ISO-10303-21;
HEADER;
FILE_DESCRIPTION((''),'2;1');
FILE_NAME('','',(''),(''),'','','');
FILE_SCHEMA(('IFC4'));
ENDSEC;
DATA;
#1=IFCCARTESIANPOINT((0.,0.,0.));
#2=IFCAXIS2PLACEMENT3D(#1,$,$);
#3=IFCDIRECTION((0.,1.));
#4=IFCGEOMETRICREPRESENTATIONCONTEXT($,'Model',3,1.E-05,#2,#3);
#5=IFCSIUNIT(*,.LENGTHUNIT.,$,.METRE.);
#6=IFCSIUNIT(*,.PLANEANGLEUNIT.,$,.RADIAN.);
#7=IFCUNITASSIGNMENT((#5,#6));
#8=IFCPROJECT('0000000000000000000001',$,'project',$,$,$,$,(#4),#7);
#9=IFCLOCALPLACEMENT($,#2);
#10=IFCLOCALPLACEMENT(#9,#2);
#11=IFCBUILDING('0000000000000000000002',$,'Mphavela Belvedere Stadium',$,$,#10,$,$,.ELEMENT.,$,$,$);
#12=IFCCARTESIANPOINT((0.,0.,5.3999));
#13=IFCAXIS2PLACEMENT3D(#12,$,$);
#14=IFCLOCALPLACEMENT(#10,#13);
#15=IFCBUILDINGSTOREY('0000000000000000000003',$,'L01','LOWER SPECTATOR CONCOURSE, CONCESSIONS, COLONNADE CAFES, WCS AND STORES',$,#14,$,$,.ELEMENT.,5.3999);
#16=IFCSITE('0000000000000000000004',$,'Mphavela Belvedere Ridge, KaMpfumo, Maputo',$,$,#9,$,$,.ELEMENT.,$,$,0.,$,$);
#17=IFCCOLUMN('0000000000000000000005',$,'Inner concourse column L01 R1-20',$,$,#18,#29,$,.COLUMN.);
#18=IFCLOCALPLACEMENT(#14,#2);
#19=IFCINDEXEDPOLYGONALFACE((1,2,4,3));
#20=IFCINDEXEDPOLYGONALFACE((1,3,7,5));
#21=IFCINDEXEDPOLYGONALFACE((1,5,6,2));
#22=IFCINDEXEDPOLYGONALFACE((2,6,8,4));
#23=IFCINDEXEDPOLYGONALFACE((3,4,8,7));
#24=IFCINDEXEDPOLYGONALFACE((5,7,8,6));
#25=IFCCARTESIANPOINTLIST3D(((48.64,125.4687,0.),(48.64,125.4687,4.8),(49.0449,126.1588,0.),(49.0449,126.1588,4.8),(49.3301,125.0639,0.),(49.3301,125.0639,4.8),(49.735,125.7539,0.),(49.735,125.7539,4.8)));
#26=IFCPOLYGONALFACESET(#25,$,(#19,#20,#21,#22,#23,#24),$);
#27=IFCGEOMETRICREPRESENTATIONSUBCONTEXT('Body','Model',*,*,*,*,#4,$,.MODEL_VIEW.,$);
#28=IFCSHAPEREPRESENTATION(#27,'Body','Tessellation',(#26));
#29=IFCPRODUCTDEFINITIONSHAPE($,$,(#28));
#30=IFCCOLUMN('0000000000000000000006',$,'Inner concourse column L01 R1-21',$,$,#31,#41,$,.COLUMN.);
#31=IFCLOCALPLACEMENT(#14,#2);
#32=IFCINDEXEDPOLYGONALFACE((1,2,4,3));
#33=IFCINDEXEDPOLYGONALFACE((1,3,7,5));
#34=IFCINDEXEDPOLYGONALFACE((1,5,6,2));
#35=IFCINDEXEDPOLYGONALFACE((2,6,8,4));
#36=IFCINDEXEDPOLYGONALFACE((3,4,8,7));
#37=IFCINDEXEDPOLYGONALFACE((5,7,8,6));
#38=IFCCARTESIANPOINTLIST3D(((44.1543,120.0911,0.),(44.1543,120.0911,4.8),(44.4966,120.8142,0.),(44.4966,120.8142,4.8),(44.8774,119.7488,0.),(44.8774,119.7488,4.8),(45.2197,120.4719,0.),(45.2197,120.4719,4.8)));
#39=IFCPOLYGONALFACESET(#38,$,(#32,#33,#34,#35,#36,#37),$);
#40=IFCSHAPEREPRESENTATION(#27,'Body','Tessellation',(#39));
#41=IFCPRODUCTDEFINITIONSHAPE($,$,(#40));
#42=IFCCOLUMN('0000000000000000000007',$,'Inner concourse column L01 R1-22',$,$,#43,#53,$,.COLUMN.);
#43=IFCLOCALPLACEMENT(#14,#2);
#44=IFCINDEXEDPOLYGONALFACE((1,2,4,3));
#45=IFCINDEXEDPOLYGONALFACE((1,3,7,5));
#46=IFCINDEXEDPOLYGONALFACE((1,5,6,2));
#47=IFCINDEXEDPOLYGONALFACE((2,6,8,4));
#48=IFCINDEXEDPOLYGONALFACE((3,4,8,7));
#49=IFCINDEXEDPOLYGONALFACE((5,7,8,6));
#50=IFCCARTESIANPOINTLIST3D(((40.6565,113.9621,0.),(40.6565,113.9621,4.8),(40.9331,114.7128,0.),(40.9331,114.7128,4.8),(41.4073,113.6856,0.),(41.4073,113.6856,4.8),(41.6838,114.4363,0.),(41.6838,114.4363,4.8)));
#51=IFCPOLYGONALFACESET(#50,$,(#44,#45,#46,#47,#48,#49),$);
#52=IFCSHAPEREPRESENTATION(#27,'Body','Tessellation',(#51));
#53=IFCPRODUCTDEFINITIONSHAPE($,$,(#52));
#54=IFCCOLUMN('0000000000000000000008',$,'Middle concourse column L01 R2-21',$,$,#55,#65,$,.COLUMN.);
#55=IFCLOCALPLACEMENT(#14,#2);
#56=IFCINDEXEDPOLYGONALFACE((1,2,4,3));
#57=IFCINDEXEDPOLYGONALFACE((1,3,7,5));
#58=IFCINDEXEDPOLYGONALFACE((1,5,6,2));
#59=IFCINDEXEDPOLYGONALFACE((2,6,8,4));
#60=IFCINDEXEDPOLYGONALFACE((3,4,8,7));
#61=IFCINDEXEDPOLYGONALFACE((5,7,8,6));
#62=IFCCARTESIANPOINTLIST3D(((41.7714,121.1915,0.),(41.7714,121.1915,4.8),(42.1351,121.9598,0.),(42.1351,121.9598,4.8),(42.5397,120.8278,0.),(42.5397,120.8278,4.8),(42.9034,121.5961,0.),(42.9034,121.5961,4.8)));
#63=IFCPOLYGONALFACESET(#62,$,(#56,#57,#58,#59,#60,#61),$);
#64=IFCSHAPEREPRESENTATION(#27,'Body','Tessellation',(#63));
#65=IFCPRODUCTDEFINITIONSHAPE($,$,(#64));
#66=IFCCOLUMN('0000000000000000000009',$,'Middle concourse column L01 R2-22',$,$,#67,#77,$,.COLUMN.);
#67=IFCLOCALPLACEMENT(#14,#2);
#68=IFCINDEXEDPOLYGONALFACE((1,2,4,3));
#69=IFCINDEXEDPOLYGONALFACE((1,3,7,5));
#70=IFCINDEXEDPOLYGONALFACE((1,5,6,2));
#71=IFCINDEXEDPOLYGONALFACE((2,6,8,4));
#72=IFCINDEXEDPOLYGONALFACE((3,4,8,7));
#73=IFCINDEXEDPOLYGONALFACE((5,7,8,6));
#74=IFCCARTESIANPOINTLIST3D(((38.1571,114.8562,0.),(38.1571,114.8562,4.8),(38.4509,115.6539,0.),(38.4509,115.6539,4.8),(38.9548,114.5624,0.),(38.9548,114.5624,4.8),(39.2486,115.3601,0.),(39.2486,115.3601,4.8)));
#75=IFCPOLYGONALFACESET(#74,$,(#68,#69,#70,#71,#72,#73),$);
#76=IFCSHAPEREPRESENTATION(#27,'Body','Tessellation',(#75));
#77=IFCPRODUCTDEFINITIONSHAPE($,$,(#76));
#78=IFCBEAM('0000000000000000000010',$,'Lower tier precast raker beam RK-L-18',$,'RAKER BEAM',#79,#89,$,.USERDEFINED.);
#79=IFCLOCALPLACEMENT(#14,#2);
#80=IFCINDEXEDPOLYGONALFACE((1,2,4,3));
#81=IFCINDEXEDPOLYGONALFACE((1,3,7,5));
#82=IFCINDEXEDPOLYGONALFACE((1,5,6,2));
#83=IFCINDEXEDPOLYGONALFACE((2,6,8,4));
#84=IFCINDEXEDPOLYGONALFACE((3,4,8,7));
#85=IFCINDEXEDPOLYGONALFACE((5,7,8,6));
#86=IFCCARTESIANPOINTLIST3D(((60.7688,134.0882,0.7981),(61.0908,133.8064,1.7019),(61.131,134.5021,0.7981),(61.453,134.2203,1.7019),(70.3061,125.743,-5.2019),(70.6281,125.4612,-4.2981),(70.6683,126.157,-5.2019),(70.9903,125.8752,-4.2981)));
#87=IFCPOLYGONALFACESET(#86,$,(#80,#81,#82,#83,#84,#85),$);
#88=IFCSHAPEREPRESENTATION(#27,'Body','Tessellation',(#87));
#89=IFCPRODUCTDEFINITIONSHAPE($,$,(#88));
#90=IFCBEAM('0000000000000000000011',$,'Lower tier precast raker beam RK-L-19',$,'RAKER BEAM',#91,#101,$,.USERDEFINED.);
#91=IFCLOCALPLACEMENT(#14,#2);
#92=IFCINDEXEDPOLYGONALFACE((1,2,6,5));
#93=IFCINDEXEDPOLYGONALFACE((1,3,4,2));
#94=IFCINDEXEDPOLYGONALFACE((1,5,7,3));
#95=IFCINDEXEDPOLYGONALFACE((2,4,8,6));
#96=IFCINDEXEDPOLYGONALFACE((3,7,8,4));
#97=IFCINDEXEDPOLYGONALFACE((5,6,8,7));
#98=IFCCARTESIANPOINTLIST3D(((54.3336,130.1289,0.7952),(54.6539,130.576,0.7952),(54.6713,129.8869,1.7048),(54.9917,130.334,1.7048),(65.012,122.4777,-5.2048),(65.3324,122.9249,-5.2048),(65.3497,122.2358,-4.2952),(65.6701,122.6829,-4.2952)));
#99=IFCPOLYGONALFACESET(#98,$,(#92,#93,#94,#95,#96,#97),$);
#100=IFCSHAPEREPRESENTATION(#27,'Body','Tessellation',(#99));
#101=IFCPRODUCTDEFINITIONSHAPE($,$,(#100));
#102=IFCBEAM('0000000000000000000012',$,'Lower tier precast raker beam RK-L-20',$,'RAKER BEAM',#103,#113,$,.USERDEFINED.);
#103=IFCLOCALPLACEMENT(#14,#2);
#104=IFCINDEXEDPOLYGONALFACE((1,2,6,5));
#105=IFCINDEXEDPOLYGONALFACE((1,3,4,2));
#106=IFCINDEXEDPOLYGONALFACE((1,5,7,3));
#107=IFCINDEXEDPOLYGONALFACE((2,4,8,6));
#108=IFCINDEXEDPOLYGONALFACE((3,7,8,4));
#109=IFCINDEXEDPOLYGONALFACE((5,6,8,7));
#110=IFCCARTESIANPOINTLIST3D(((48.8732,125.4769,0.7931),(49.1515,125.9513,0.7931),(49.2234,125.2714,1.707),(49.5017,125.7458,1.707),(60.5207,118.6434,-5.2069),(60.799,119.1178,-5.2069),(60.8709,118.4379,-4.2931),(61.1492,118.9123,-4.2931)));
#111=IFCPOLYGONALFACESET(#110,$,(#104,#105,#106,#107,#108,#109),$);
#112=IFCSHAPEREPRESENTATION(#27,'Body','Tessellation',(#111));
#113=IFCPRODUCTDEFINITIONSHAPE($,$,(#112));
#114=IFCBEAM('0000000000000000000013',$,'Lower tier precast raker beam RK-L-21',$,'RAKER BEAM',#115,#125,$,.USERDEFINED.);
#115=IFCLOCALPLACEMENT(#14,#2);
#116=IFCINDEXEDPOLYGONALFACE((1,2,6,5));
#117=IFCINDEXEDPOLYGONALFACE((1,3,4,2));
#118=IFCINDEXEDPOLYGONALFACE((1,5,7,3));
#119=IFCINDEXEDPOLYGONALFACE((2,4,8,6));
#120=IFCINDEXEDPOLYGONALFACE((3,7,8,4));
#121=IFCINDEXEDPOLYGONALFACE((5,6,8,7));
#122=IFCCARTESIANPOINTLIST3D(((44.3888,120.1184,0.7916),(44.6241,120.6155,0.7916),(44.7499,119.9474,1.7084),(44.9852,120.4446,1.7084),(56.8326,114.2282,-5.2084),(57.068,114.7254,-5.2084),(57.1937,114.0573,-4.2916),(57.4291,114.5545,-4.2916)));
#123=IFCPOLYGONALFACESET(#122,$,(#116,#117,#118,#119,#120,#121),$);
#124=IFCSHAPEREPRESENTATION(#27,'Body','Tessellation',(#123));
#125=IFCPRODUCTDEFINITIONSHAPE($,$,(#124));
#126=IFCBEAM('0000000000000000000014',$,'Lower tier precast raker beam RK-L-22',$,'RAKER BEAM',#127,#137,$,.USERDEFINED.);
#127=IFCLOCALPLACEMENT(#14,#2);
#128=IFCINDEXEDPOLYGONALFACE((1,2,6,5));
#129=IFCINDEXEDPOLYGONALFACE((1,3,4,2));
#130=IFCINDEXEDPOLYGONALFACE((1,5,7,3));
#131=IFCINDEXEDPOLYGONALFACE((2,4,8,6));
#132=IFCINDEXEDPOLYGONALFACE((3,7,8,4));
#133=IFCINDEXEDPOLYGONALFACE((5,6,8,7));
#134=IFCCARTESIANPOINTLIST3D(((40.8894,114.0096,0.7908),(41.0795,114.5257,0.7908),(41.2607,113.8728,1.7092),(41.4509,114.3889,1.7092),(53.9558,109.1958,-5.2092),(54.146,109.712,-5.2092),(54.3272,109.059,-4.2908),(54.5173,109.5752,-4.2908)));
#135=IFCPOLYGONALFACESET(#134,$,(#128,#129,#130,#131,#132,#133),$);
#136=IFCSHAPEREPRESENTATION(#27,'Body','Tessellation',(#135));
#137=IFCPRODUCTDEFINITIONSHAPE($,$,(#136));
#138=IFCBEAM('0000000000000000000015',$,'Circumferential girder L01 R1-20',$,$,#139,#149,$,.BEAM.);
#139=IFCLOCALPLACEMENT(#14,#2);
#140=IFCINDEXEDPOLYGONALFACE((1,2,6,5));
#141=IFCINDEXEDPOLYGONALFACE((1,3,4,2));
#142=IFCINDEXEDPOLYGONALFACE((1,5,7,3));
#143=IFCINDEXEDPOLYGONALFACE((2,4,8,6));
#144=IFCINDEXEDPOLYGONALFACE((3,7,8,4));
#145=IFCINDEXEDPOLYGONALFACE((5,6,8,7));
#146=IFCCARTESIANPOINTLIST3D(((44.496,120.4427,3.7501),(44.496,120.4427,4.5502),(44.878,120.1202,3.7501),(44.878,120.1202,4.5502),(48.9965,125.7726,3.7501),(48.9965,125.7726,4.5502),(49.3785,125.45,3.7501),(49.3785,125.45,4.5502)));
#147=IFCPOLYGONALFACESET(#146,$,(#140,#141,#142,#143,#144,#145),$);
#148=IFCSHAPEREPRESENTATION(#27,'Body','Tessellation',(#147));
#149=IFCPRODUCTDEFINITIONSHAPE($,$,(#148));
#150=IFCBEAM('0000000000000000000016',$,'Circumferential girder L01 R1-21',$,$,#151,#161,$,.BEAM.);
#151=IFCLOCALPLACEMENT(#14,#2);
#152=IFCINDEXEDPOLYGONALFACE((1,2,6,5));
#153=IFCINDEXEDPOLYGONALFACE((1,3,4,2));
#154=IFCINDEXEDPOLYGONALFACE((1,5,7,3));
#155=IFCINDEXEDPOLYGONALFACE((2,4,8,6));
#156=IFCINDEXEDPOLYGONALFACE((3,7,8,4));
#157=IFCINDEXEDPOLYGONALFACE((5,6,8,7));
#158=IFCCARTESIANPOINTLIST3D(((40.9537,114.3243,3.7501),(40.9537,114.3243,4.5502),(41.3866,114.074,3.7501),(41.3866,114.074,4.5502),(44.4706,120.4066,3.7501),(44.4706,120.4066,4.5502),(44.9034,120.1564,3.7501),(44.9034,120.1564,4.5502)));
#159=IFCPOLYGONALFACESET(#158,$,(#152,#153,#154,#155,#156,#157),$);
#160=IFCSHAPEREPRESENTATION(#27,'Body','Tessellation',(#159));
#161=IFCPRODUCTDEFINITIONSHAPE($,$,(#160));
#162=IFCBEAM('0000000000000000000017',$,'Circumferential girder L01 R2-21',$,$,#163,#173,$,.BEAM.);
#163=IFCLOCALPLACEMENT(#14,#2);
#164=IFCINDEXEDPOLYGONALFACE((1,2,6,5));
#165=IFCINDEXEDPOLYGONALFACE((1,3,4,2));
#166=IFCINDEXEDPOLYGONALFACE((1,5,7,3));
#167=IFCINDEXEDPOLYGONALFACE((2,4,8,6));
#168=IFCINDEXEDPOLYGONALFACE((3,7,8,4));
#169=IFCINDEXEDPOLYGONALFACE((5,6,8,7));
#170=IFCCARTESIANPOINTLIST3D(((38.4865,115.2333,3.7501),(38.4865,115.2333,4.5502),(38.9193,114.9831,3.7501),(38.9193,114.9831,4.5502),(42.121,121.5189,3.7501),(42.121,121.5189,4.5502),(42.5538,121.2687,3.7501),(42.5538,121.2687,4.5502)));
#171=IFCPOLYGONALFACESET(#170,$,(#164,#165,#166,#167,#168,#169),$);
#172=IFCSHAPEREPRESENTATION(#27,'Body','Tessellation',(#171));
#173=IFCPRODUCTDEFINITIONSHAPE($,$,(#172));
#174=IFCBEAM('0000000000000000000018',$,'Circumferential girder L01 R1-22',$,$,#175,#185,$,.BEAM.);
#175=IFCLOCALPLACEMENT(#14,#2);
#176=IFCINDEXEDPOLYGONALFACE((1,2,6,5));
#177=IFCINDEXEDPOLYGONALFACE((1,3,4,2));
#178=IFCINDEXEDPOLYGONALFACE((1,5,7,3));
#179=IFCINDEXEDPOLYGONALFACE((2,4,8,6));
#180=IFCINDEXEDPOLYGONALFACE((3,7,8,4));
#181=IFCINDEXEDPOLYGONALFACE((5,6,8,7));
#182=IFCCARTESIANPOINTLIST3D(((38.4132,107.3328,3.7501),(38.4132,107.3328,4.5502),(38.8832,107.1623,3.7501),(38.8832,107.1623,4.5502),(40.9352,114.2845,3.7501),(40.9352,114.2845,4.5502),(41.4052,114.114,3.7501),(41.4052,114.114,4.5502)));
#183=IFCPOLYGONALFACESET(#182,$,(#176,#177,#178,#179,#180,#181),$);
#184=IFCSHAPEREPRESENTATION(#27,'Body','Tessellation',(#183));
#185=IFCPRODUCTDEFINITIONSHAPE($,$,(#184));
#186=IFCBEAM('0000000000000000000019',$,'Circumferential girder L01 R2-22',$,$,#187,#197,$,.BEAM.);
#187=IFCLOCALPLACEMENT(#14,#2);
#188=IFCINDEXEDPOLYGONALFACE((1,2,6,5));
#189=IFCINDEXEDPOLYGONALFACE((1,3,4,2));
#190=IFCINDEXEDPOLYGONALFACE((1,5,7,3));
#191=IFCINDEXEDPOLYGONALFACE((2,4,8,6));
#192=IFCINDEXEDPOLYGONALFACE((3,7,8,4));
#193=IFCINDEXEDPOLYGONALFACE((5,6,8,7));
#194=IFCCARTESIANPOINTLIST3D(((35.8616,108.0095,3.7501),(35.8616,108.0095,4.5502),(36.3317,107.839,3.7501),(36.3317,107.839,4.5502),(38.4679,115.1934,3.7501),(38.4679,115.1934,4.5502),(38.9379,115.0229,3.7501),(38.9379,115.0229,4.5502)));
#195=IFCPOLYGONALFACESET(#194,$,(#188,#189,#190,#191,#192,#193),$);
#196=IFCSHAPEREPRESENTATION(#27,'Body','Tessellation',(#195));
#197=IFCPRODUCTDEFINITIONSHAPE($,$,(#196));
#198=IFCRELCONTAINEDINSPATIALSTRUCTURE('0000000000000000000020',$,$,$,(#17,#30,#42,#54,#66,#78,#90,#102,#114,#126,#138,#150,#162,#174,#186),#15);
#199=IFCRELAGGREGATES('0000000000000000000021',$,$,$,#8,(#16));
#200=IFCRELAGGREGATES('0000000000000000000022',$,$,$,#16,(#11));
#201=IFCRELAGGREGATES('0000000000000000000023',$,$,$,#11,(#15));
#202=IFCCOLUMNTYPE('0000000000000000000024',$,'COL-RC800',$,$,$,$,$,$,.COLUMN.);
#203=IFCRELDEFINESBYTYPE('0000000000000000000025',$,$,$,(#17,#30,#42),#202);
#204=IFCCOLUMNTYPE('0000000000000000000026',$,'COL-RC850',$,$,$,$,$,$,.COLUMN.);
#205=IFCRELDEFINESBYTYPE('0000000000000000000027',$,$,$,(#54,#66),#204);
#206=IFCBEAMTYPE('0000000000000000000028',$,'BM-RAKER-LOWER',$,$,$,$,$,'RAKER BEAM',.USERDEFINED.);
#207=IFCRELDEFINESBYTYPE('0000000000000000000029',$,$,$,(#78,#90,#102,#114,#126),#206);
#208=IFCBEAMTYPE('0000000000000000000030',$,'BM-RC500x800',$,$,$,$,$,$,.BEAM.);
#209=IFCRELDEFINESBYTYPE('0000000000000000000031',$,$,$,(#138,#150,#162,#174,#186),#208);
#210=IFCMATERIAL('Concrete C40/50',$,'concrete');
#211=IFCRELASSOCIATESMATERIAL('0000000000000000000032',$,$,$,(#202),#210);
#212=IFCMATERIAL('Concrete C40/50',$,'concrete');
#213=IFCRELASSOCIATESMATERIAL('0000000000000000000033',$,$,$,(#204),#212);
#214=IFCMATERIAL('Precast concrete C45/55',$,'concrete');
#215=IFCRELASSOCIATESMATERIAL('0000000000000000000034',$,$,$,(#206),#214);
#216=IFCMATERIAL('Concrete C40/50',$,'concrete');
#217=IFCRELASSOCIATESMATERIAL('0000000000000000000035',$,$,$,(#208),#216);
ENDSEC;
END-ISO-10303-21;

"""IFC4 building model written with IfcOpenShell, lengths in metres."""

from ifc_helpers import new_model, si_unit, direction, frame, origin, origin_2d, place, context, subcontext, project, spatial, rectangle, extrude, material, material_profile, profile_set, type_object, element, save


model = new_model("IFC4")

# Units and contexts
model_context = context("Model", 3, precision=1e-05, world=origin(), true_north=direction((0.0, 1.0)))
body_context = subcontext(model_context, "Body", "Model", "MODEL_VIEW")
ifc_project = project(units=[si_unit("LENGTHUNIT", "METRE"), si_unit("PLANEANGLEUNIT", "RADIAN")], contexts=[model_context])

# Site, building, storey
site_placement = place(None, origin())
site = spatial("IfcSite", under=ifc_project, at=site_placement, Name="Mphavela Belvedere Ridge, KaMpfumo, Maputo", CompositionType="ELEMENT", RefElevation=0.0)
building_placement = place(site_placement, origin())
building = spatial("IfcBuilding", under=site, at=building_placement, Name="Mphavela Belvedere Stadium", CompositionType="ELEMENT")
storey_placement = place(building_placement, frame((0.0, 0.0, 5.3999)))
storey = spatial("IfcBuildingStorey", under=building, at=storey_placement, Name="L01", Description="LOWER SPECTATOR CONCOURSE, CONCESSIONS, COLONNADE CAFES, WCS AND STORES", CompositionType="ELEMENT", Elevation=5.3999)

# Columns
ifc_material_1 = material(Name="Concrete C40/50", Category="concrete")
ifc_material_profile_1 = material_profile(ifc_material_1, rectangle(XDim=0.8, YDim=0.8, at=origin_2d()), Name="RC 800x800")
ifc_profile_set_1 = profile_set([ifc_material_profile_1], Name="Concrete C40/50")
column_type_1 = type_object("IfcColumnType", Name="COL-RC800", PredefinedType="COLUMN", material=ifc_profile_set_1)
for number, where, z_axis, x_axis, name in (
    (1, (49.1875, 125.6113, 0.0), (0.0, 0.0, 1.0), (-0.862514, 0.506034, 0.0), "Inner concourse column L01 R1-20"),
    (2, (44.687, 120.2815, 0.0), (0.0, 0.0, 1.0), (-0.903859, 0.427831, 0.0), "Inner concourse column L01 R1-21"),
    (3, (41.1702, 114.1992, 0.0), (0.0, 0.0, 1.0), (-0.938372, 0.345626, 0.0), "Inner concourse column L01 R1-22"),
):
    element("IfcColumn", number, at=place(storey_placement, frame(where, z_axis=z_axis, x_axis=x_axis)), inside=storey, type_object=column_type_1, Name=name, PredefinedType="COLUMN", context=body_context, shape_type="SweptSolid", body=[
        extrude(rectangle(XDim=0.8, YDim=0.8, at=origin_2d()), origin(), (0.0, 0.0, 1.0), 4.8),
    ])
ifc_material_2 = material(Name="Concrete C40/50", Category="concrete")
ifc_material_profile_2 = material_profile(ifc_material_2, rectangle(XDim=0.8501, YDim=0.8501, at=origin_2d()), Name="RC 850x850")
ifc_profile_set_2 = profile_set([ifc_material_profile_2], Name="Concrete C40/50")
column_type_2 = type_object("IfcColumnType", Name="COL-RC850", PredefinedType="COLUMN", material=ifc_profile_set_2)
for number, where, z_axis, x_axis, name in (
    (4, (42.3374, 121.3938, 0.0), (0.0, 0.0, 1.0), (-0.903859, 0.427831, 0.0), "Middle concourse column L01 R2-21"),
    (5, (38.7029, 115.1082, 0.0), (0.0, 0.0, 1.0), (-0.938372, 0.345626, 0.0), "Middle concourse column L01 R2-22"),
):
    element("IfcColumn", number, at=place(storey_placement, frame(where, z_axis=z_axis, x_axis=x_axis)), inside=storey, type_object=column_type_2, Name=name, PredefinedType="COLUMN", context=body_context, shape_type="SweptSolid", body=[
        extrude(rectangle(XDim=0.8501, YDim=0.8501, at=origin_2d()), origin(), (0.0, 0.0, 1.0), 4.8),
    ])

# Beams
ifc_material_3 = material(Name="Precast concrete C45/55", Category="concrete")
ifc_material_profile_3 = material_profile(ifc_material_3, rectangle(XDim=0.55, YDim=1.0, at=origin_2d()), Name="PC 550x1000")
ifc_profile_set_3 = profile_set([ifc_material_profile_3], Name="Precast concrete C45/55")
beam_type_1 = type_object("IfcBeamType", Name="BM-RAKER-LOWER", ElementType="RAKER BEAM", PredefinedType="USERDEFINED", material=ifc_profile_set_3)
beam_1_placement = place(storey_placement, frame((70.6482, 125.8091, -4.75), z_axis=(-0.680193, 0.595171, 0.427913), x_axis=(-0.658506, -0.752576, 0.0)))
element("IfcBeam", 6, at=beam_1_placement, inside=storey, type_object=beam_type_1, Name="Lower tier precast raker beam RK-L-18", ObjectType="RAKER BEAM", PredefinedType="USERDEFINED", context=body_context, shape_type="SweptSolid", body=[
    extrude(rectangle(XDim=0.55, YDim=1.0, at=origin_2d()), origin(), (0.0, 0.0, 1.0), 14.0215),
])
beam_2_placement = place(storey_placement, frame((65.3411, 122.5803, -4.75), z_axis=(-0.739407, 0.529785, 0.415457), x_axis=(-0.58243, -0.812881, 0.0)))
element("IfcBeam", 7, at=beam_2_placement, inside=storey, type_object=beam_type_1, Name="Lower tier precast raker beam RK-L-19", ObjectType="RAKER BEAM", PredefinedType="USERDEFINED", context=body_context, shape_type="SweptSolid", body=[
    extrude(rectangle(XDim=0.55, YDim=1.0, at=origin_2d()), origin(), (0.0, 0.0, 1.0), 14.4419),
])
beam_3_placement = place(storey_placement, frame((60.835, 118.7778, -4.75), z_axis=(-0.788215, 0.462441, 0.406036), x_axis=(-0.506032, -0.862515, 0.0)))
element("IfcBeam", 8, at=beam_3_placement, inside=storey, type_object=beam_type_1, Name="Lower tier precast raker beam RK-L-20", ObjectType="RAKER BEAM", PredefinedType="USERDEFINED", context=body_context, shape_type="SweptSolid", body=[
    extrude(rectangle(XDim=0.55, YDim=1.0, at=origin_2d()), origin(), (0.0, 0.0, 1.0), 14.7771),
])
beam_4_placement = place(storey_placement, frame((57.1309, 114.3914, -4.75), z_axis=(-0.828591, 0.392203, 0.399518), x_axis=(-0.42783, -0.903859, 0.0)))
element("IfcBeam", 9, at=beam_4_placement, inside=storey, type_object=beam_type_1, Name="Lower tier precast raker beam RK-L-21", ObjectType="RAKER BEAM", PredefinedType="USERDEFINED", context=body_context, shape_type="SweptSolid", body=[
    extrude(rectangle(XDim=0.55, YDim=1.0, at=origin_2d()), origin(), (0.0, 0.0, 1.0), 15.0181),
])
beam_5_placement = place(storey_placement, frame((54.2366, 109.3855, -4.75), z_axis=(-0.861755, 0.317474, 0.395712), x_axis=(-0.345692, -0.938348, 0.0)))
element("IfcBeam", 10, at=beam_5_placement, inside=storey, type_object=beam_type_1, Name="Lower tier precast raker beam RK-L-22", ObjectType="RAKER BEAM", PredefinedType="USERDEFINED", context=body_context, shape_type="SweptSolid", body=[
    extrude(rectangle(XDim=0.55, YDim=1.0, at=origin_2d()), origin(), (0.0, 0.0, 1.0), 15.1626),
])
ifc_material_4 = material(Name="Concrete C40/50", Category="concrete")
ifc_material_profile_4 = material_profile(ifc_material_4, rectangle(XDim=0.5, YDim=0.8, at=origin_2d()), Name="RC 500x800")
ifc_profile_set_4 = profile_set([ifc_material_profile_4], Name="Concrete C40/50")
beam_type_2 = type_object("IfcBeamType", Name="BM-RC500x800", PredefinedType="BEAM", material=ifc_profile_set_4)
beam_6_placement = place(storey_placement, frame((49.1875, 125.6113, 4.1501), z_axis=(-0.645159, -0.764048, 0.0), x_axis=(0.764048, -0.645159, 0.0)))
element("IfcBeam", 11, at=beam_6_placement, inside=storey, type_object=beam_type_2, Name="Circumferential girder L01 R1-20", PredefinedType="BEAM", context=body_context, shape_type="SweptSolid", body=[
    extrude(rectangle(XDim=0.5, YDim=0.8, at=origin_2d()), origin(), (0.0, 0.0, 1.0), 6.9758),
])
beam_7_placement = place(storey_placement, frame((44.687, 120.2815, 4.1501), z_axis=(-0.50056, -0.865702, 0.0), x_axis=(0.865702, -0.50056, 0.0)))
element("IfcBeam", 12, at=beam_7_placement, inside=storey, type_object=beam_type_2, Name="Circumferential girder L01 R1-21", PredefinedType="BEAM", context=body_context, shape_type="SweptSolid", body=[
    extrude(rectangle(XDim=0.5, YDim=0.8, at=origin_2d()), origin(), (0.0, 0.0, 1.0), 7.0259),
])
beam_8_placement = place(storey_placement, frame((42.3374, 121.3938, 4.1501), z_axis=(-0.500568, -0.865697, 0.0), x_axis=(0.865697, -0.500568, 0.0)))
element("IfcBeam", 13, at=beam_8_placement, inside=storey, type_object=beam_type_2, Name="Circumferential girder L01 R2-21", PredefinedType="BEAM", context=body_context, shape_type="SweptSolid", body=[
    extrude(rectangle(XDim=0.5, YDim=0.8, at=origin_2d()), origin(), (0.0, 0.0, 1.0), 7.2607),
])
beam_9_placement = place(storey_placement, frame((41.1702, 114.1992, 4.1501), z_axis=(-0.341038, -0.94005, 0.0), x_axis=(0.94005, -0.341038, 0.0)))
element("IfcBeam", 14, at=beam_9_placement, inside=storey, type_object=beam_type_2, Name="Circumferential girder L01 R1-22", PredefinedType="BEAM", context=body_context, shape_type="SweptSolid", body=[
    extrude(rectangle(XDim=0.5, YDim=0.8, at=origin_2d()), origin(), (0.0, 0.0, 1.0), 7.395),
])
beam_10_placement = place(storey_placement, frame((38.7029, 115.1082, 4.1501), z_axis=(-0.341038, -0.94005, 0.0), x_axis=(0.94005, -0.341038, 0.0)))
element("IfcBeam", 15, at=beam_10_placement, inside=storey, type_object=beam_type_2, Name="Circumferential girder L01 R2-22", PredefinedType="BEAM", context=body_context, shape_type="SweptSolid", body=[
    extrude(rectangle(XDim=0.5, YDim=0.8, at=origin_2d()), origin(), (0.0, 0.0, 1.0), 7.6421),
])

save(model, "model.ifc")
